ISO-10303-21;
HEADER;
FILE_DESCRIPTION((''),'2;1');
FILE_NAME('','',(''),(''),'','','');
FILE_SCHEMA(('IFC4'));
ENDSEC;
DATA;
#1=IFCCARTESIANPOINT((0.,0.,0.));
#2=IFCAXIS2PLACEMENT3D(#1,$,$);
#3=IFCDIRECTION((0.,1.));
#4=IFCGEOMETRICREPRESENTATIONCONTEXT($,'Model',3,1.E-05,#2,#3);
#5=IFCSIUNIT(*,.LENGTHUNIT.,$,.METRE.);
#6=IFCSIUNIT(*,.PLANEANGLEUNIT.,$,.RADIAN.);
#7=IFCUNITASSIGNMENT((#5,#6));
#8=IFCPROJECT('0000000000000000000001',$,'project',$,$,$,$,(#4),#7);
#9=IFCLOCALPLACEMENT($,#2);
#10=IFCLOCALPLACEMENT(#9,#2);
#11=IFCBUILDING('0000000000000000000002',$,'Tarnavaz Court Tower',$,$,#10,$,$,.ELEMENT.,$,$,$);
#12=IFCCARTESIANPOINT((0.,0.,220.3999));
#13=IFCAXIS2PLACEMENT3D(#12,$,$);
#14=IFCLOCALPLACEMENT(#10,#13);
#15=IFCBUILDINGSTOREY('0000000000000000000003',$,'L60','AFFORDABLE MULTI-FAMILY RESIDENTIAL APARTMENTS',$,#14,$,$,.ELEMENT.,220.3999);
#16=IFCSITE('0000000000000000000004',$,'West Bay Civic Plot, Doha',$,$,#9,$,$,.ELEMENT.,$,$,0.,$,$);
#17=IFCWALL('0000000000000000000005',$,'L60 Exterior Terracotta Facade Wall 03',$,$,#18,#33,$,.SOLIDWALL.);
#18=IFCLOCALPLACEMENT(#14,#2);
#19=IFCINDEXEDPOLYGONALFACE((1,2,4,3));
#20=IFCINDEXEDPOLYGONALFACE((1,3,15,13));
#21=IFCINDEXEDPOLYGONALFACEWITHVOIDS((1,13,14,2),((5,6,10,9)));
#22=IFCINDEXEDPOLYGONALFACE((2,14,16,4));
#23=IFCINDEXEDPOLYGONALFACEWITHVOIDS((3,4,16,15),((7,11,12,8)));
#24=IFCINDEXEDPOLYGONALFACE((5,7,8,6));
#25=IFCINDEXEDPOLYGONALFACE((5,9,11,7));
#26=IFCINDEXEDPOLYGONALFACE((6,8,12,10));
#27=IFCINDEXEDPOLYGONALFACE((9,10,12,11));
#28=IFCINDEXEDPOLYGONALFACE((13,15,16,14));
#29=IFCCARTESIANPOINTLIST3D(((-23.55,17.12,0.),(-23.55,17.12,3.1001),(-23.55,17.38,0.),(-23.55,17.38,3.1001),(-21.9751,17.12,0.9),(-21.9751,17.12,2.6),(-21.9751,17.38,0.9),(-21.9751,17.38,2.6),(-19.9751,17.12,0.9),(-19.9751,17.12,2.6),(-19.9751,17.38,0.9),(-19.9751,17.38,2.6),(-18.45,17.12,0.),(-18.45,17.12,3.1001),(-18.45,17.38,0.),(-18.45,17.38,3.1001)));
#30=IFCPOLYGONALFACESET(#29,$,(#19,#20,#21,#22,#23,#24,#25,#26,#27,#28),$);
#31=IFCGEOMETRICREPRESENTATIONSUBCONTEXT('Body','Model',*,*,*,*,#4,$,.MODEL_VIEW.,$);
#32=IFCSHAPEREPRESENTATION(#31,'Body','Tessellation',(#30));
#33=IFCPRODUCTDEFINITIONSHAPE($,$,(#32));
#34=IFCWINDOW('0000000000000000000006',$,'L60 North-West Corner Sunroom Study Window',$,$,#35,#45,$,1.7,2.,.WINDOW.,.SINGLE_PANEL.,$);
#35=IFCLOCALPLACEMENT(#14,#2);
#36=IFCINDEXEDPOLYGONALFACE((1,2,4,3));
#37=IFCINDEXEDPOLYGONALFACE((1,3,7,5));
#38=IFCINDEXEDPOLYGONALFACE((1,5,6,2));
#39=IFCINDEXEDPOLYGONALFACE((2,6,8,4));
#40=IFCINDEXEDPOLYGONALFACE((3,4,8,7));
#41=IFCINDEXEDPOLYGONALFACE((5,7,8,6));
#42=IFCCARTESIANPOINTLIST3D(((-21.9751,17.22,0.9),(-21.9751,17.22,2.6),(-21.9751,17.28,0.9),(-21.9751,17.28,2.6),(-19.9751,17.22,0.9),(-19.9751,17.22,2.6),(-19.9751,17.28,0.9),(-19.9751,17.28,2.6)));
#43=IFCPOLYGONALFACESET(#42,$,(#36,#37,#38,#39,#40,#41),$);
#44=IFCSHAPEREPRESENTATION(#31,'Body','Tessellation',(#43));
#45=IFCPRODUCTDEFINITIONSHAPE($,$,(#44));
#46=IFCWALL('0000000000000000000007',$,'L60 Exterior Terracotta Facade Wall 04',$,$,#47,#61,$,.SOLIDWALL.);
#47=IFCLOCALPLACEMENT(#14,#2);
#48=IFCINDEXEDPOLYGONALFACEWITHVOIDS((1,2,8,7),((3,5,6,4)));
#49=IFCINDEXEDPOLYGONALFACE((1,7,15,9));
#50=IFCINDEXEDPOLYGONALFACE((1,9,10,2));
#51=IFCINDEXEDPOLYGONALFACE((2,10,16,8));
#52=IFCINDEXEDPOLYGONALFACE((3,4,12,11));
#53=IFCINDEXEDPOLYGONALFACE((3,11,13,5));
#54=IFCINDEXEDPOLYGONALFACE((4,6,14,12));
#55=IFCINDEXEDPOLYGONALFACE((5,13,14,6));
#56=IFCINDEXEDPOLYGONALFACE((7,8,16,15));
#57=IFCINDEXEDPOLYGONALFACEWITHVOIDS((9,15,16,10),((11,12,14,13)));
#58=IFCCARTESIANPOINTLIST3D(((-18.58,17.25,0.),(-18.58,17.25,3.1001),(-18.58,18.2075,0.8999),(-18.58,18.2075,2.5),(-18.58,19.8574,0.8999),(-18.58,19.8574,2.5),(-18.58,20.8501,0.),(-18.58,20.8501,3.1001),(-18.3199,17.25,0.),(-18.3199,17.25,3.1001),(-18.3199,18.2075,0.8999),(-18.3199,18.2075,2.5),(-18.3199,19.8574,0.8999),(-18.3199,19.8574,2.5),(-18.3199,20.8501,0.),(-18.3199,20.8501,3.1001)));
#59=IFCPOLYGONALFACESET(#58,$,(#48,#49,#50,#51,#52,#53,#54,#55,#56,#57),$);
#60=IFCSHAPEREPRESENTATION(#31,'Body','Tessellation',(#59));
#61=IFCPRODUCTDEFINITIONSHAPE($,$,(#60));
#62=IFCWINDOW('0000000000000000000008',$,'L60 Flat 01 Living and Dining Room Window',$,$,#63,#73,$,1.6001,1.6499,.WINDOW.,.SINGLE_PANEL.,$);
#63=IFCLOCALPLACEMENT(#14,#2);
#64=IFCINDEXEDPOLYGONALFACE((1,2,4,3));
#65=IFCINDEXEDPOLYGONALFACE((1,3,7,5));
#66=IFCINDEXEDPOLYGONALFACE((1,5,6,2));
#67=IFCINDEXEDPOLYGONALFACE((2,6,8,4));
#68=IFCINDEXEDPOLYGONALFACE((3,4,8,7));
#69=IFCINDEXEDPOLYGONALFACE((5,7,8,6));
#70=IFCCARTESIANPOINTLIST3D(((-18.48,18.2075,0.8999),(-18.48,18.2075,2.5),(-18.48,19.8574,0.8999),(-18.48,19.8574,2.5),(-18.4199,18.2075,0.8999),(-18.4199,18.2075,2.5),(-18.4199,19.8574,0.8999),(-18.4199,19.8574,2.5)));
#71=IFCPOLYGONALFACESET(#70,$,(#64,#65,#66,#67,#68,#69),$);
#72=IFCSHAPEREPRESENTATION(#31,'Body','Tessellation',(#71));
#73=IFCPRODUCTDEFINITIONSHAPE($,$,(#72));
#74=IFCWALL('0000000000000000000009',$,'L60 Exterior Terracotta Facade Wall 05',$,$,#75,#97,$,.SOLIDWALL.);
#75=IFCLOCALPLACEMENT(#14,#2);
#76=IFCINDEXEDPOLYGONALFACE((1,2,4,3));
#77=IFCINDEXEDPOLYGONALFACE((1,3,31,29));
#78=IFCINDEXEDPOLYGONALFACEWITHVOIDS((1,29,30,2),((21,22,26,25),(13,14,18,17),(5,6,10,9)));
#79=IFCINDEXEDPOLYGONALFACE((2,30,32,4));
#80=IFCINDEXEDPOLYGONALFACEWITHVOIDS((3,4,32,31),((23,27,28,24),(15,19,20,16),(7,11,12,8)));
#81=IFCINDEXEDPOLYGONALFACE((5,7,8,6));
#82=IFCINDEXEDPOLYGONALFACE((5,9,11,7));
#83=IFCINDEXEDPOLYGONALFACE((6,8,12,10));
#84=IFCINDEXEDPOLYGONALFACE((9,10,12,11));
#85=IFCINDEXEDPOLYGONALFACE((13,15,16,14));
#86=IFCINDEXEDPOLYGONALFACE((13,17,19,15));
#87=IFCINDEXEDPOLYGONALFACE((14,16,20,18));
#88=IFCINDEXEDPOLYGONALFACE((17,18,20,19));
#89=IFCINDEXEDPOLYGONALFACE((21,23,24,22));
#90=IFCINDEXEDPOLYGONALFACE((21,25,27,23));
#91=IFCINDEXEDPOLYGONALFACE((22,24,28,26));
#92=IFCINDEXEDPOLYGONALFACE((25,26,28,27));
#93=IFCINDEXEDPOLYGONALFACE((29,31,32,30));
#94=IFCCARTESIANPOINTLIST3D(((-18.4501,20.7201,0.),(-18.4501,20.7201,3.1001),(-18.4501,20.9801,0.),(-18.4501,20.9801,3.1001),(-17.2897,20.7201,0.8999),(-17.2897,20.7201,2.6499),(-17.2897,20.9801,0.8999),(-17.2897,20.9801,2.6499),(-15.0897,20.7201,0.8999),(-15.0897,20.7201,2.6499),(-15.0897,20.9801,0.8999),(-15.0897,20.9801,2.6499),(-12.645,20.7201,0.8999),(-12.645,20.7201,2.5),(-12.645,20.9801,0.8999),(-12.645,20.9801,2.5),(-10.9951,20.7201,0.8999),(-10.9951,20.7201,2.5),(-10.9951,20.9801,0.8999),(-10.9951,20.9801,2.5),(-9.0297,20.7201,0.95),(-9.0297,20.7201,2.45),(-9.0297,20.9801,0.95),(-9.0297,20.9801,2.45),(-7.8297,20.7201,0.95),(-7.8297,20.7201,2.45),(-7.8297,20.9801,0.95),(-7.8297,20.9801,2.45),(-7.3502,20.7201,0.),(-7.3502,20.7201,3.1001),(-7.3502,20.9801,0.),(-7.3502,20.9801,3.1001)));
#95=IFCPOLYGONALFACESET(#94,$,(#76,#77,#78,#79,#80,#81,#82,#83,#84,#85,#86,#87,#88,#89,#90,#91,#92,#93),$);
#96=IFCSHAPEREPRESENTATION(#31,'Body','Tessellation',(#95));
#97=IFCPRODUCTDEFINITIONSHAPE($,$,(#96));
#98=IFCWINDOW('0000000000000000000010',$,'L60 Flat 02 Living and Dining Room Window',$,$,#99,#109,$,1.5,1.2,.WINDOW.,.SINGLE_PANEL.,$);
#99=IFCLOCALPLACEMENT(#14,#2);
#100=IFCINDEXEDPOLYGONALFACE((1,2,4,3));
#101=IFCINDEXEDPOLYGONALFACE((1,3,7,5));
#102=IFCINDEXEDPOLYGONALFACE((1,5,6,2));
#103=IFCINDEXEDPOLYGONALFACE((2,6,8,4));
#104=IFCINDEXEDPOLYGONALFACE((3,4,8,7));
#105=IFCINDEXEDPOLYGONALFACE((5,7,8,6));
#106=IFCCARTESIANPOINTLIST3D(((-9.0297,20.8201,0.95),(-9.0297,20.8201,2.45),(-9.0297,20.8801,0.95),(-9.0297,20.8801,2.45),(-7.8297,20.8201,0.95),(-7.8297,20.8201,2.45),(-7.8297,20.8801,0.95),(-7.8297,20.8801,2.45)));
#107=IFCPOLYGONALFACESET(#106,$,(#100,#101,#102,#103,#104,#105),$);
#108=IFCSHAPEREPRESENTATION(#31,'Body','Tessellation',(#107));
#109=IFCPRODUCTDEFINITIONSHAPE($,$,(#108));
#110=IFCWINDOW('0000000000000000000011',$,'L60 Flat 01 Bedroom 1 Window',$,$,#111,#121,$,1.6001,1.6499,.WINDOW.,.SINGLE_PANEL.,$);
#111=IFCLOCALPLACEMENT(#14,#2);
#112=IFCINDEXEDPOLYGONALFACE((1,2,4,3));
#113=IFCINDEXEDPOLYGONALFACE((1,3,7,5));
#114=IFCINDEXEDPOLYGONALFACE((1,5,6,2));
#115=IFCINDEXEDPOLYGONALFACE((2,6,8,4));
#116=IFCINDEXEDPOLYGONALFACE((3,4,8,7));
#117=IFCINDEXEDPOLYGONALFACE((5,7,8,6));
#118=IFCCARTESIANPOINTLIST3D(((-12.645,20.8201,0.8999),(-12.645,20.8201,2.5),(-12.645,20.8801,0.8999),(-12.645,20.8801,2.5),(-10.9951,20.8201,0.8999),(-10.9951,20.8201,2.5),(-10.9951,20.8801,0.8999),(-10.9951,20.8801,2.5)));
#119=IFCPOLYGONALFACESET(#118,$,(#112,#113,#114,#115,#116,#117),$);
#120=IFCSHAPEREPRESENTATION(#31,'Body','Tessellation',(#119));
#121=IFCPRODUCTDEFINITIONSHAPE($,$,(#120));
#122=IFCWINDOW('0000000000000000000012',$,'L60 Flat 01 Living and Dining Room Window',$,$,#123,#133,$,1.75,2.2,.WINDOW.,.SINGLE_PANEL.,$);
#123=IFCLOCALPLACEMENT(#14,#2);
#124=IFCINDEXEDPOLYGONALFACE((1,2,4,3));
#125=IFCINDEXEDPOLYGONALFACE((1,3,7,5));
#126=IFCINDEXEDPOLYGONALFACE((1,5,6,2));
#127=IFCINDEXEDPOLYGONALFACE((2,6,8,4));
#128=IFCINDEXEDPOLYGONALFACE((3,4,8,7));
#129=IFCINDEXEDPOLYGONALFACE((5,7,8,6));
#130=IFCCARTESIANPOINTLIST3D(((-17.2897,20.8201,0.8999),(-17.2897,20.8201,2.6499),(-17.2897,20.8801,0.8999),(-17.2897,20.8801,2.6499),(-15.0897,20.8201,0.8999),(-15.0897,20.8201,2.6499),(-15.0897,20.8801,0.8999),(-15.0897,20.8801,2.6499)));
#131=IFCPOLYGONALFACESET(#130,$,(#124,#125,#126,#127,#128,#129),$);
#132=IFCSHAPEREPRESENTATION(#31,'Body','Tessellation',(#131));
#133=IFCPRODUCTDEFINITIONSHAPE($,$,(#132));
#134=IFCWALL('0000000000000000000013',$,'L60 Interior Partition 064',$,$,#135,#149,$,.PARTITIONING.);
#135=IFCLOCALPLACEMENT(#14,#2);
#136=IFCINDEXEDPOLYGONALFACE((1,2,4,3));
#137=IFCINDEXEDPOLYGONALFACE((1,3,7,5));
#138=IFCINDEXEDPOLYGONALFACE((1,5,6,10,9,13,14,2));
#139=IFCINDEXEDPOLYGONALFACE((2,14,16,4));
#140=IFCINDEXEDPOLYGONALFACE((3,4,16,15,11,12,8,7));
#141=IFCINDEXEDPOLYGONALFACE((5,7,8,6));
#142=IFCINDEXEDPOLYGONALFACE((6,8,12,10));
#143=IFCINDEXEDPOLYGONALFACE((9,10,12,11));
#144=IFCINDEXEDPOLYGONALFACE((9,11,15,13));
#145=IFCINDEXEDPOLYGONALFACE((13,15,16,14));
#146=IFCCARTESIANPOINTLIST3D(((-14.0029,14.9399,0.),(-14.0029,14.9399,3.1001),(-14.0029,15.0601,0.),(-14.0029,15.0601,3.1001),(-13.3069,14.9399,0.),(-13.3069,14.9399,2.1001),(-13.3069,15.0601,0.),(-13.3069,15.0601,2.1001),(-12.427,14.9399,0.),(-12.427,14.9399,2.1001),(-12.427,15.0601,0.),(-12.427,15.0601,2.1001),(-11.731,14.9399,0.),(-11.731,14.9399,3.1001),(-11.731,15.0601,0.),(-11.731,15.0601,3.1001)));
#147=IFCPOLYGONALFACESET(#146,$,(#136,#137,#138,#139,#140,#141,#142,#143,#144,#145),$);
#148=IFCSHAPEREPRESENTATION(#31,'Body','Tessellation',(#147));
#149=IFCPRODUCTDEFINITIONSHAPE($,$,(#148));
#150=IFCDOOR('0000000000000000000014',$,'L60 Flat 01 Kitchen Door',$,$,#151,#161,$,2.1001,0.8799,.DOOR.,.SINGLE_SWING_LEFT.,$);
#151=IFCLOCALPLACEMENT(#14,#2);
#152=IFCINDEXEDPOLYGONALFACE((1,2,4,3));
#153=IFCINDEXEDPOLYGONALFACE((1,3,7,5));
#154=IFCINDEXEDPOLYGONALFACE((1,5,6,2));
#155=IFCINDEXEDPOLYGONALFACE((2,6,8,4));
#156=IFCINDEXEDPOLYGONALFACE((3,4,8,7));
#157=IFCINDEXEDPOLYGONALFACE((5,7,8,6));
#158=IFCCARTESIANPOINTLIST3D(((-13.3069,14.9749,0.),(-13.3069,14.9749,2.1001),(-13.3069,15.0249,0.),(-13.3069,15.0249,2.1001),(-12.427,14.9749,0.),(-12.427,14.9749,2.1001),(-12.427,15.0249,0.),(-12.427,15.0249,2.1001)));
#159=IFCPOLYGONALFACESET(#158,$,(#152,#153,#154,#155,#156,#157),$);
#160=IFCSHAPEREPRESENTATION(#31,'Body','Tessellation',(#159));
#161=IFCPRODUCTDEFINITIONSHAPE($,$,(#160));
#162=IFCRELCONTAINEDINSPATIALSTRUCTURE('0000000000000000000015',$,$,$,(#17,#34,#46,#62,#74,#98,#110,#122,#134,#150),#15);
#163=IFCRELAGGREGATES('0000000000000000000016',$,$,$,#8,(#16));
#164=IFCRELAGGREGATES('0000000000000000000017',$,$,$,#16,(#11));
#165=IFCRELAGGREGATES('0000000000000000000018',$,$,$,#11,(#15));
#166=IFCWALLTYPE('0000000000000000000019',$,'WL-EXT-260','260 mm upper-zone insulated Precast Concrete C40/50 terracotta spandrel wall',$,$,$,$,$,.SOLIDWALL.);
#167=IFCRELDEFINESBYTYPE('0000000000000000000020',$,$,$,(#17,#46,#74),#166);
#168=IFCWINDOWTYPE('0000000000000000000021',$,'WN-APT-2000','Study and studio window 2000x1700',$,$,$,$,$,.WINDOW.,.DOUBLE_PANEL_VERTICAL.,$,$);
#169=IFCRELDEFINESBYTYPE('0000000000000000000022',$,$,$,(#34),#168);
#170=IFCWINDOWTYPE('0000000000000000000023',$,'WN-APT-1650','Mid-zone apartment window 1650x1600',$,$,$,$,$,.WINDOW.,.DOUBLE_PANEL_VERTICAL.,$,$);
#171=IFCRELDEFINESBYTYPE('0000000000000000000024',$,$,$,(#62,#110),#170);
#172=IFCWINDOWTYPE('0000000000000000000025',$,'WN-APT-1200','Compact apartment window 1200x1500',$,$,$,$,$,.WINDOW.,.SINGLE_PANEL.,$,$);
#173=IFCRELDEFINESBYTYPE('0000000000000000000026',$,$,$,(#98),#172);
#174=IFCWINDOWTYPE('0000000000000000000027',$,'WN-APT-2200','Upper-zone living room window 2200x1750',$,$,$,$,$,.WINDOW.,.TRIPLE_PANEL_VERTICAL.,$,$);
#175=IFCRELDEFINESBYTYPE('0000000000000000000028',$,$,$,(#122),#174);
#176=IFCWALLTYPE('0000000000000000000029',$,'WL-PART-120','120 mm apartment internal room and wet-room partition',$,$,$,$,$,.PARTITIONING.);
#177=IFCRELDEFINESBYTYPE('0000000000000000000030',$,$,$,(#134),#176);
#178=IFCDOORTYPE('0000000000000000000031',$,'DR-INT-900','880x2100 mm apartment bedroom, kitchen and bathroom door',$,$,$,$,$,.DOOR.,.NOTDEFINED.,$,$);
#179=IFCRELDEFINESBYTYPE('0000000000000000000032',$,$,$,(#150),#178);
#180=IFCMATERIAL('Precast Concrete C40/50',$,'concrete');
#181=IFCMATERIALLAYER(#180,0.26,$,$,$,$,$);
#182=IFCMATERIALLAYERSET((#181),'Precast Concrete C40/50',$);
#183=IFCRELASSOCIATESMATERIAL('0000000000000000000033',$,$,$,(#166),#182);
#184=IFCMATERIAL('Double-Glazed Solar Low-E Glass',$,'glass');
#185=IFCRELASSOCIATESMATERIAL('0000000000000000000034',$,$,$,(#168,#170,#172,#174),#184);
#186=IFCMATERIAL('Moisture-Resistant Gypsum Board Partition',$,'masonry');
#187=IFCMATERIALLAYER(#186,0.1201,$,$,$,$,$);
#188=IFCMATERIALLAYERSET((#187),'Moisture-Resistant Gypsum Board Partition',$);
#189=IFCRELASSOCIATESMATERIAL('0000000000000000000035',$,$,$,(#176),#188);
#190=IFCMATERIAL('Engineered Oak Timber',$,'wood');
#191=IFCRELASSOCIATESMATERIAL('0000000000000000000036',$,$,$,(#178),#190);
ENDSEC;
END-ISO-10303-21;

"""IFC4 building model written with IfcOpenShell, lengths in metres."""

from ifc_helpers import new_model, si_unit, direction, frame, frame_2d, origin, place, context, subcontext, project, spatial, rectangle, extrude, material, layer, layer_set, type_object, element, fill, save


model = new_model("IFC4")

# Units and contexts
model_context = context("Model", 3, precision=1e-05, world=origin(), true_north=direction((0.0, 1.0)))
body_context = subcontext(model_context, "Body", "Model", "MODEL_VIEW")
ifc_project = project(units=[si_unit("LENGTHUNIT", "METRE"), si_unit("PLANEANGLEUNIT", "RADIAN")], contexts=[model_context])

# Site, building, storey
site_placement = place(None, origin())
site = spatial("IfcSite", under=ifc_project, at=site_placement, Name="West Bay Civic Plot, Doha", CompositionType="ELEMENT", RefElevation=0.0)
building_placement = place(site_placement, origin())
building = spatial("IfcBuilding", under=site, at=building_placement, Name="Tarnavaz Court Tower", CompositionType="ELEMENT")
storey_placement = place(building_placement, frame((0.0, 0.0, 220.3999)))
storey = spatial("IfcBuildingStorey", under=building, at=storey_placement, Name="L60", Description="AFFORDABLE MULTI-FAMILY RESIDENTIAL APARTMENTS", CompositionType="ELEMENT", Elevation=220.3999)

# Walls, openings, windows
ifc_material_1 = material(Name="Precast Concrete C40/50", Category="concrete")
ifc_layer_1 = layer(ifc_material_1, 0.26)
ifc_layer_set_1 = layer_set([ifc_layer_1], Name="Precast Concrete C40/50")
wall_type_1 = type_object("IfcWallType", Name="WL-EXT-260", Description="260 mm upper-zone insulated Precast Concrete C40/50 terracotta spandrel wall", PredefinedType="SOLIDWALL", material=ifc_layer_set_1)
wall_1_placement = place(storey_placement, frame((-23.55, 17.25, 0.0), z_axis=(0.0, 0.0, 1.0), x_axis=(1.0, 0.0, 0.0)))
wall_1 = element("IfcWall", 1, at=wall_1_placement, inside=storey, type_object=wall_type_1, Name="L60 Exterior Terracotta Facade Wall 03", PredefinedType="SOLIDWALL", context=body_context, shape_type="SweptSolid", body=[
    extrude(rectangle(XDim=5.1001, YDim=0.26, at=frame_2d((2.55, 0.0))), origin(), (0.0, 0.0, 1.0), 3.1001),
])
opening_1_placement = place(wall_1_placement, frame((1.575, 0.0, 0.8999)))
opening_1 = element("IfcOpeningElement", 2, at=opening_1_placement, cuts=wall_1, PredefinedType="OPENING", context=body_context, shape_type="SweptSolid", body=[
    extrude(rectangle(XDim=2.0, YDim=1.7, at=frame_2d((1.0, 0.8501))), frame((0.0, 0.1399, 0.0), z_axis=(0.0, -1.0, 0.0), x_axis=(1.0, 0.0, 0.0)), (0.0, 0.0, 1.0), 0.28),
])
ifc_material_2 = material(Name="Double-Glazed Solar Low-E Glass", Category="glass")
window_type_1 = type_object("IfcWindowType", Name="WN-APT-2000", Description="Study and studio window 2000x1700", PartitioningType="DOUBLE_PANEL_VERTICAL", PredefinedType="WINDOW", material=ifc_material_2)
window_1_placement = place(opening_1_placement, origin())
window_1 = element("IfcWindow", 3, at=window_1_placement, inside=storey, type_object=window_type_1, Name="L60 North-West Corner Sunroom Study Window", OverallHeight=1.7, OverallWidth=2.0, PartitioningType="SINGLE_PANEL", PredefinedType="WINDOW", context=body_context, shape_type="SweptSolid", body=[
    extrude(rectangle(XDim=2.0, YDim=1.7, at=frame_2d((1.0, 0.8501))), frame((0.0, 0.03, 0.0), z_axis=(0.0, -1.0, 0.0), x_axis=(1.0, 0.0, 0.0)), (0.0, 0.0, 1.0), 0.0601),
])
fill(opening_1, window_1)
wall_2_placement = place(storey_placement, frame((-18.45, 17.25, 0.0), z_axis=(0.0, 0.0, 1.0), x_axis=(0.0, 1.0, 0.0)))
wall_2 = element("IfcWall", 4, at=wall_2_placement, inside=storey, type_object=wall_type_1, Name="L60 Exterior Terracotta Facade Wall 04", PredefinedType="SOLIDWALL", context=body_context, shape_type="SweptSolid", body=[
    extrude(rectangle(XDim=3.6001, YDim=0.26, at=frame_2d((1.8, 0.0))), origin(), (0.0, 0.0, 1.0), 3.1001),
])
opening_2_placement = place(wall_2_placement, frame((0.9575, 0.0, 0.8999)))
opening_2 = element("IfcOpeningElement", 5, at=opening_2_placement, cuts=wall_2, PredefinedType="OPENING", context=body_context, shape_type="SweptSolid", body=[
    extrude(rectangle(XDim=1.6499, YDim=1.6001, at=frame_2d((0.825, 0.8))), frame((0.0, 0.1399, 0.0), z_axis=(0.0, -1.0, 0.0), x_axis=(1.0, 0.0, 0.0)), (0.0, 0.0, 1.0), 0.28),
])
window_type_2 = type_object("IfcWindowType", Name="WN-APT-1650", Description="Mid-zone apartment window 1650x1600", PartitioningType="DOUBLE_PANEL_VERTICAL", PredefinedType="WINDOW", material=ifc_material_2)
window_2_placement = place(opening_2_placement, origin())
window_2 = element("IfcWindow", 6, at=window_2_placement, inside=storey, type_object=window_type_2, Name="L60 Flat 01 Living and Dining Room Window", OverallHeight=1.6001, OverallWidth=1.6499, PartitioningType="SINGLE_PANEL", PredefinedType="WINDOW", context=body_context, shape_type="SweptSolid", body=[
    extrude(rectangle(XDim=1.6499, YDim=1.6001, at=frame_2d((0.825, 0.8))), frame((0.0, 0.03, 0.0), z_axis=(0.0, -1.0, 0.0), x_axis=(1.0, 0.0, 0.0)), (0.0, 0.0, 1.0), 0.0601),
])
fill(opening_2, window_2)

# Wall, openings, windows
wall_3_placement = place(storey_placement, frame((-18.45, 20.8501, 0.0), z_axis=(0.0, 0.0, 1.0), x_axis=(1.0, 0.0, 0.0)))
wall_3 = element("IfcWall", 7, at=wall_3_placement, inside=storey, type_object=wall_type_1, Name="L60 Exterior Terracotta Facade Wall 05", PredefinedType="SOLIDWALL", context=body_context, shape_type="SweptSolid", body=[
    extrude(rectangle(XDim=11.0999, YDim=0.26, at=frame_2d((5.5498, 0.0))), origin(), (0.0, 0.0, 1.0), 3.1001),
])
opening_3_placement = place(wall_3_placement, frame((1.1602, 0.0, 0.8999)))
opening_3 = element("IfcOpeningElement", 8, at=opening_3_placement, cuts=wall_3, PredefinedType="OPENING", context=body_context, shape_type="SweptSolid", body=[
    extrude(rectangle(XDim=2.2, YDim=1.75, at=frame_2d((1.1001, 0.875))), frame((0.0, 0.1399, 0.0), z_axis=(0.0, -1.0, 0.0), x_axis=(1.0, 0.0, 0.0)), (0.0, 0.0, 1.0), 0.28),
])
opening_4_placement = place(wall_3_placement, frame((5.8049, 0.0, 0.8999)))
opening_4 = element("IfcOpeningElement", 9, at=opening_4_placement, cuts=wall_3, PredefinedType="OPENING", context=body_context, shape_type="SweptSolid", body=[
    extrude(rectangle(XDim=1.6499, YDim=1.6001, at=frame_2d((0.825, 0.8))), frame((0.0, 0.1399, 0.0), z_axis=(0.0, -1.0, 0.0), x_axis=(1.0, 0.0, 0.0)), (0.0, 0.0, 1.0), 0.28),
])
opening_5_placement = place(wall_3_placement, frame((9.4202, 0.0, 0.95)))
opening_5 = element("IfcOpeningElement", 10, at=opening_5_placement, cuts=wall_3, PredefinedType="OPENING", context=body_context, shape_type="SweptSolid", body=[
    extrude(rectangle(XDim=1.2, YDim=1.5, at=frame_2d((0.6001, 0.75))), frame((0.0, 0.1399, 0.0), z_axis=(0.0, -1.0, 0.0), x_axis=(1.0, 0.0, 0.0)), (0.0, 0.0, 1.0), 0.28),
])
window_type_3 = type_object("IfcWindowType", Name="WN-APT-1200", Description="Compact apartment window 1200x1500", PartitioningType="SINGLE_PANEL", PredefinedType="WINDOW", material=ifc_material_2)
window_3_placement = place(opening_5_placement, origin())
window_3 = element("IfcWindow", 11, at=window_3_placement, inside=storey, type_object=window_type_3, Name="L60 Flat 02 Living and Dining Room Window", OverallHeight=1.5, OverallWidth=1.2, PartitioningType="SINGLE_PANEL", PredefinedType="WINDOW", context=body_context, shape_type="SweptSolid", body=[
    extrude(rectangle(XDim=1.2, YDim=1.5, at=frame_2d((0.6001, 0.75))), frame((0.0, 0.03, 0.0), z_axis=(0.0, -1.0, 0.0), x_axis=(1.0, 0.0, 0.0)), (0.0, 0.0, 1.0), 0.0601),
])
fill(opening_5, window_3)
window_4_placement = place(opening_4_placement, origin())
window_4 = element("IfcWindow", 12, at=window_4_placement, inside=storey, type_object=window_type_2, Name="L60 Flat 01 Bedroom 1 Window", OverallHeight=1.6001, OverallWidth=1.6499, PartitioningType="SINGLE_PANEL", PredefinedType="WINDOW", context=body_context, shape_type="SweptSolid", body=[
    extrude(rectangle(XDim=1.6499, YDim=1.6001, at=frame_2d((0.825, 0.8))), frame((0.0, 0.03, 0.0), z_axis=(0.0, -1.0, 0.0), x_axis=(1.0, 0.0, 0.0)), (0.0, 0.0, 1.0), 0.0601),
])
fill(opening_4, window_4)
window_type_4 = type_object("IfcWindowType", Name="WN-APT-2200", Description="Upper-zone living room window 2200x1750", PartitioningType="TRIPLE_PANEL_VERTICAL", PredefinedType="WINDOW", material=ifc_material_2)
window_5_placement = place(opening_3_placement, origin())
window_5 = element("IfcWindow", 13, at=window_5_placement, inside=storey, type_object=window_type_4, Name="L60 Flat 01 Living and Dining Room Window", OverallHeight=1.75, OverallWidth=2.2, PartitioningType="SINGLE_PANEL", PredefinedType="WINDOW", context=body_context, shape_type="SweptSolid", body=[
    extrude(rectangle(XDim=2.2, YDim=1.75, at=frame_2d((1.1001, 0.875))), frame((0.0, 0.03, 0.0), z_axis=(0.0, -1.0, 0.0), x_axis=(1.0, 0.0, 0.0)), (0.0, 0.0, 1.0), 0.0601),
])
fill(opening_3, window_5)

# Wall, opening, door
ifc_material_3 = material(Name="Moisture-Resistant Gypsum Board Partition", Category="masonry")
ifc_layer_2 = layer(ifc_material_3, 0.1201)
ifc_layer_set_2 = layer_set([ifc_layer_2], Name="Moisture-Resistant Gypsum Board Partition")
wall_type_2 = type_object("IfcWallType", Name="WL-PART-120", Description="120 mm apartment internal room and wet-room partition", PredefinedType="PARTITIONING", material=ifc_layer_set_2)
wall_4_placement = place(storey_placement, frame((-14.0029, 15.0, 0.0), z_axis=(0.0, 0.0, 1.0), x_axis=(1.0, 0.0, 0.0)))
wall_4 = element("IfcWall", 14, at=wall_4_placement, inside=storey, type_object=wall_type_2, Name="L60 Interior Partition 064", PredefinedType="PARTITIONING", context=body_context, shape_type="SweptSolid", body=[
    extrude(rectangle(XDim=2.272, YDim=0.1201, at=frame_2d((1.136, 0.0))), origin(), (0.0, 0.0, 1.0), 3.1001),
])
opening_6_placement = place(wall_4_placement, frame((0.696, 0.0, 0.0)))
opening_6 = element("IfcOpeningElement", 15, at=opening_6_placement, cuts=wall_4, PredefinedType="OPENING", context=body_context, shape_type="SweptSolid", body=[
    extrude(rectangle(XDim=0.8799, YDim=2.1001, at=frame_2d((0.4399, 1.05))), frame((0.0, 0.0701, 0.0), z_axis=(0.0, -1.0, 0.0), x_axis=(1.0, 0.0, 0.0)), (0.0, 0.0, 1.0), 0.1401),
])
ifc_material_4 = material(Name="Engineered Oak Timber", Category="wood")
door_type = type_object("IfcDoorType", Name="DR-INT-900", Description="880x2100 mm apartment bedroom, kitchen and bathroom door", OperationType="NOTDEFINED", PredefinedType="DOOR", material=ifc_material_4)
door_1_placement = place(opening_6_placement, origin())
door_1 = element("IfcDoor", 16, at=door_1_placement, inside=storey, type_object=door_type, Name="L60 Flat 01 Kitchen Door", OperationType="SINGLE_SWING_LEFT", OverallHeight=2.1001, OverallWidth=0.8799, PredefinedType="DOOR", context=body_context, shape_type="SweptSolid", body=[
    extrude(rectangle(XDim=0.8799, YDim=2.1001, at=frame_2d((0.4399, 1.05))), frame((0.0, 0.0249, 0.0), z_axis=(0.0, -1.0, 0.0), x_axis=(1.0, 0.0, 0.0)), (0.0, 0.0, 1.0), 0.05),
])
fill(opening_6, door_1)

save(model, "model.ifc")
